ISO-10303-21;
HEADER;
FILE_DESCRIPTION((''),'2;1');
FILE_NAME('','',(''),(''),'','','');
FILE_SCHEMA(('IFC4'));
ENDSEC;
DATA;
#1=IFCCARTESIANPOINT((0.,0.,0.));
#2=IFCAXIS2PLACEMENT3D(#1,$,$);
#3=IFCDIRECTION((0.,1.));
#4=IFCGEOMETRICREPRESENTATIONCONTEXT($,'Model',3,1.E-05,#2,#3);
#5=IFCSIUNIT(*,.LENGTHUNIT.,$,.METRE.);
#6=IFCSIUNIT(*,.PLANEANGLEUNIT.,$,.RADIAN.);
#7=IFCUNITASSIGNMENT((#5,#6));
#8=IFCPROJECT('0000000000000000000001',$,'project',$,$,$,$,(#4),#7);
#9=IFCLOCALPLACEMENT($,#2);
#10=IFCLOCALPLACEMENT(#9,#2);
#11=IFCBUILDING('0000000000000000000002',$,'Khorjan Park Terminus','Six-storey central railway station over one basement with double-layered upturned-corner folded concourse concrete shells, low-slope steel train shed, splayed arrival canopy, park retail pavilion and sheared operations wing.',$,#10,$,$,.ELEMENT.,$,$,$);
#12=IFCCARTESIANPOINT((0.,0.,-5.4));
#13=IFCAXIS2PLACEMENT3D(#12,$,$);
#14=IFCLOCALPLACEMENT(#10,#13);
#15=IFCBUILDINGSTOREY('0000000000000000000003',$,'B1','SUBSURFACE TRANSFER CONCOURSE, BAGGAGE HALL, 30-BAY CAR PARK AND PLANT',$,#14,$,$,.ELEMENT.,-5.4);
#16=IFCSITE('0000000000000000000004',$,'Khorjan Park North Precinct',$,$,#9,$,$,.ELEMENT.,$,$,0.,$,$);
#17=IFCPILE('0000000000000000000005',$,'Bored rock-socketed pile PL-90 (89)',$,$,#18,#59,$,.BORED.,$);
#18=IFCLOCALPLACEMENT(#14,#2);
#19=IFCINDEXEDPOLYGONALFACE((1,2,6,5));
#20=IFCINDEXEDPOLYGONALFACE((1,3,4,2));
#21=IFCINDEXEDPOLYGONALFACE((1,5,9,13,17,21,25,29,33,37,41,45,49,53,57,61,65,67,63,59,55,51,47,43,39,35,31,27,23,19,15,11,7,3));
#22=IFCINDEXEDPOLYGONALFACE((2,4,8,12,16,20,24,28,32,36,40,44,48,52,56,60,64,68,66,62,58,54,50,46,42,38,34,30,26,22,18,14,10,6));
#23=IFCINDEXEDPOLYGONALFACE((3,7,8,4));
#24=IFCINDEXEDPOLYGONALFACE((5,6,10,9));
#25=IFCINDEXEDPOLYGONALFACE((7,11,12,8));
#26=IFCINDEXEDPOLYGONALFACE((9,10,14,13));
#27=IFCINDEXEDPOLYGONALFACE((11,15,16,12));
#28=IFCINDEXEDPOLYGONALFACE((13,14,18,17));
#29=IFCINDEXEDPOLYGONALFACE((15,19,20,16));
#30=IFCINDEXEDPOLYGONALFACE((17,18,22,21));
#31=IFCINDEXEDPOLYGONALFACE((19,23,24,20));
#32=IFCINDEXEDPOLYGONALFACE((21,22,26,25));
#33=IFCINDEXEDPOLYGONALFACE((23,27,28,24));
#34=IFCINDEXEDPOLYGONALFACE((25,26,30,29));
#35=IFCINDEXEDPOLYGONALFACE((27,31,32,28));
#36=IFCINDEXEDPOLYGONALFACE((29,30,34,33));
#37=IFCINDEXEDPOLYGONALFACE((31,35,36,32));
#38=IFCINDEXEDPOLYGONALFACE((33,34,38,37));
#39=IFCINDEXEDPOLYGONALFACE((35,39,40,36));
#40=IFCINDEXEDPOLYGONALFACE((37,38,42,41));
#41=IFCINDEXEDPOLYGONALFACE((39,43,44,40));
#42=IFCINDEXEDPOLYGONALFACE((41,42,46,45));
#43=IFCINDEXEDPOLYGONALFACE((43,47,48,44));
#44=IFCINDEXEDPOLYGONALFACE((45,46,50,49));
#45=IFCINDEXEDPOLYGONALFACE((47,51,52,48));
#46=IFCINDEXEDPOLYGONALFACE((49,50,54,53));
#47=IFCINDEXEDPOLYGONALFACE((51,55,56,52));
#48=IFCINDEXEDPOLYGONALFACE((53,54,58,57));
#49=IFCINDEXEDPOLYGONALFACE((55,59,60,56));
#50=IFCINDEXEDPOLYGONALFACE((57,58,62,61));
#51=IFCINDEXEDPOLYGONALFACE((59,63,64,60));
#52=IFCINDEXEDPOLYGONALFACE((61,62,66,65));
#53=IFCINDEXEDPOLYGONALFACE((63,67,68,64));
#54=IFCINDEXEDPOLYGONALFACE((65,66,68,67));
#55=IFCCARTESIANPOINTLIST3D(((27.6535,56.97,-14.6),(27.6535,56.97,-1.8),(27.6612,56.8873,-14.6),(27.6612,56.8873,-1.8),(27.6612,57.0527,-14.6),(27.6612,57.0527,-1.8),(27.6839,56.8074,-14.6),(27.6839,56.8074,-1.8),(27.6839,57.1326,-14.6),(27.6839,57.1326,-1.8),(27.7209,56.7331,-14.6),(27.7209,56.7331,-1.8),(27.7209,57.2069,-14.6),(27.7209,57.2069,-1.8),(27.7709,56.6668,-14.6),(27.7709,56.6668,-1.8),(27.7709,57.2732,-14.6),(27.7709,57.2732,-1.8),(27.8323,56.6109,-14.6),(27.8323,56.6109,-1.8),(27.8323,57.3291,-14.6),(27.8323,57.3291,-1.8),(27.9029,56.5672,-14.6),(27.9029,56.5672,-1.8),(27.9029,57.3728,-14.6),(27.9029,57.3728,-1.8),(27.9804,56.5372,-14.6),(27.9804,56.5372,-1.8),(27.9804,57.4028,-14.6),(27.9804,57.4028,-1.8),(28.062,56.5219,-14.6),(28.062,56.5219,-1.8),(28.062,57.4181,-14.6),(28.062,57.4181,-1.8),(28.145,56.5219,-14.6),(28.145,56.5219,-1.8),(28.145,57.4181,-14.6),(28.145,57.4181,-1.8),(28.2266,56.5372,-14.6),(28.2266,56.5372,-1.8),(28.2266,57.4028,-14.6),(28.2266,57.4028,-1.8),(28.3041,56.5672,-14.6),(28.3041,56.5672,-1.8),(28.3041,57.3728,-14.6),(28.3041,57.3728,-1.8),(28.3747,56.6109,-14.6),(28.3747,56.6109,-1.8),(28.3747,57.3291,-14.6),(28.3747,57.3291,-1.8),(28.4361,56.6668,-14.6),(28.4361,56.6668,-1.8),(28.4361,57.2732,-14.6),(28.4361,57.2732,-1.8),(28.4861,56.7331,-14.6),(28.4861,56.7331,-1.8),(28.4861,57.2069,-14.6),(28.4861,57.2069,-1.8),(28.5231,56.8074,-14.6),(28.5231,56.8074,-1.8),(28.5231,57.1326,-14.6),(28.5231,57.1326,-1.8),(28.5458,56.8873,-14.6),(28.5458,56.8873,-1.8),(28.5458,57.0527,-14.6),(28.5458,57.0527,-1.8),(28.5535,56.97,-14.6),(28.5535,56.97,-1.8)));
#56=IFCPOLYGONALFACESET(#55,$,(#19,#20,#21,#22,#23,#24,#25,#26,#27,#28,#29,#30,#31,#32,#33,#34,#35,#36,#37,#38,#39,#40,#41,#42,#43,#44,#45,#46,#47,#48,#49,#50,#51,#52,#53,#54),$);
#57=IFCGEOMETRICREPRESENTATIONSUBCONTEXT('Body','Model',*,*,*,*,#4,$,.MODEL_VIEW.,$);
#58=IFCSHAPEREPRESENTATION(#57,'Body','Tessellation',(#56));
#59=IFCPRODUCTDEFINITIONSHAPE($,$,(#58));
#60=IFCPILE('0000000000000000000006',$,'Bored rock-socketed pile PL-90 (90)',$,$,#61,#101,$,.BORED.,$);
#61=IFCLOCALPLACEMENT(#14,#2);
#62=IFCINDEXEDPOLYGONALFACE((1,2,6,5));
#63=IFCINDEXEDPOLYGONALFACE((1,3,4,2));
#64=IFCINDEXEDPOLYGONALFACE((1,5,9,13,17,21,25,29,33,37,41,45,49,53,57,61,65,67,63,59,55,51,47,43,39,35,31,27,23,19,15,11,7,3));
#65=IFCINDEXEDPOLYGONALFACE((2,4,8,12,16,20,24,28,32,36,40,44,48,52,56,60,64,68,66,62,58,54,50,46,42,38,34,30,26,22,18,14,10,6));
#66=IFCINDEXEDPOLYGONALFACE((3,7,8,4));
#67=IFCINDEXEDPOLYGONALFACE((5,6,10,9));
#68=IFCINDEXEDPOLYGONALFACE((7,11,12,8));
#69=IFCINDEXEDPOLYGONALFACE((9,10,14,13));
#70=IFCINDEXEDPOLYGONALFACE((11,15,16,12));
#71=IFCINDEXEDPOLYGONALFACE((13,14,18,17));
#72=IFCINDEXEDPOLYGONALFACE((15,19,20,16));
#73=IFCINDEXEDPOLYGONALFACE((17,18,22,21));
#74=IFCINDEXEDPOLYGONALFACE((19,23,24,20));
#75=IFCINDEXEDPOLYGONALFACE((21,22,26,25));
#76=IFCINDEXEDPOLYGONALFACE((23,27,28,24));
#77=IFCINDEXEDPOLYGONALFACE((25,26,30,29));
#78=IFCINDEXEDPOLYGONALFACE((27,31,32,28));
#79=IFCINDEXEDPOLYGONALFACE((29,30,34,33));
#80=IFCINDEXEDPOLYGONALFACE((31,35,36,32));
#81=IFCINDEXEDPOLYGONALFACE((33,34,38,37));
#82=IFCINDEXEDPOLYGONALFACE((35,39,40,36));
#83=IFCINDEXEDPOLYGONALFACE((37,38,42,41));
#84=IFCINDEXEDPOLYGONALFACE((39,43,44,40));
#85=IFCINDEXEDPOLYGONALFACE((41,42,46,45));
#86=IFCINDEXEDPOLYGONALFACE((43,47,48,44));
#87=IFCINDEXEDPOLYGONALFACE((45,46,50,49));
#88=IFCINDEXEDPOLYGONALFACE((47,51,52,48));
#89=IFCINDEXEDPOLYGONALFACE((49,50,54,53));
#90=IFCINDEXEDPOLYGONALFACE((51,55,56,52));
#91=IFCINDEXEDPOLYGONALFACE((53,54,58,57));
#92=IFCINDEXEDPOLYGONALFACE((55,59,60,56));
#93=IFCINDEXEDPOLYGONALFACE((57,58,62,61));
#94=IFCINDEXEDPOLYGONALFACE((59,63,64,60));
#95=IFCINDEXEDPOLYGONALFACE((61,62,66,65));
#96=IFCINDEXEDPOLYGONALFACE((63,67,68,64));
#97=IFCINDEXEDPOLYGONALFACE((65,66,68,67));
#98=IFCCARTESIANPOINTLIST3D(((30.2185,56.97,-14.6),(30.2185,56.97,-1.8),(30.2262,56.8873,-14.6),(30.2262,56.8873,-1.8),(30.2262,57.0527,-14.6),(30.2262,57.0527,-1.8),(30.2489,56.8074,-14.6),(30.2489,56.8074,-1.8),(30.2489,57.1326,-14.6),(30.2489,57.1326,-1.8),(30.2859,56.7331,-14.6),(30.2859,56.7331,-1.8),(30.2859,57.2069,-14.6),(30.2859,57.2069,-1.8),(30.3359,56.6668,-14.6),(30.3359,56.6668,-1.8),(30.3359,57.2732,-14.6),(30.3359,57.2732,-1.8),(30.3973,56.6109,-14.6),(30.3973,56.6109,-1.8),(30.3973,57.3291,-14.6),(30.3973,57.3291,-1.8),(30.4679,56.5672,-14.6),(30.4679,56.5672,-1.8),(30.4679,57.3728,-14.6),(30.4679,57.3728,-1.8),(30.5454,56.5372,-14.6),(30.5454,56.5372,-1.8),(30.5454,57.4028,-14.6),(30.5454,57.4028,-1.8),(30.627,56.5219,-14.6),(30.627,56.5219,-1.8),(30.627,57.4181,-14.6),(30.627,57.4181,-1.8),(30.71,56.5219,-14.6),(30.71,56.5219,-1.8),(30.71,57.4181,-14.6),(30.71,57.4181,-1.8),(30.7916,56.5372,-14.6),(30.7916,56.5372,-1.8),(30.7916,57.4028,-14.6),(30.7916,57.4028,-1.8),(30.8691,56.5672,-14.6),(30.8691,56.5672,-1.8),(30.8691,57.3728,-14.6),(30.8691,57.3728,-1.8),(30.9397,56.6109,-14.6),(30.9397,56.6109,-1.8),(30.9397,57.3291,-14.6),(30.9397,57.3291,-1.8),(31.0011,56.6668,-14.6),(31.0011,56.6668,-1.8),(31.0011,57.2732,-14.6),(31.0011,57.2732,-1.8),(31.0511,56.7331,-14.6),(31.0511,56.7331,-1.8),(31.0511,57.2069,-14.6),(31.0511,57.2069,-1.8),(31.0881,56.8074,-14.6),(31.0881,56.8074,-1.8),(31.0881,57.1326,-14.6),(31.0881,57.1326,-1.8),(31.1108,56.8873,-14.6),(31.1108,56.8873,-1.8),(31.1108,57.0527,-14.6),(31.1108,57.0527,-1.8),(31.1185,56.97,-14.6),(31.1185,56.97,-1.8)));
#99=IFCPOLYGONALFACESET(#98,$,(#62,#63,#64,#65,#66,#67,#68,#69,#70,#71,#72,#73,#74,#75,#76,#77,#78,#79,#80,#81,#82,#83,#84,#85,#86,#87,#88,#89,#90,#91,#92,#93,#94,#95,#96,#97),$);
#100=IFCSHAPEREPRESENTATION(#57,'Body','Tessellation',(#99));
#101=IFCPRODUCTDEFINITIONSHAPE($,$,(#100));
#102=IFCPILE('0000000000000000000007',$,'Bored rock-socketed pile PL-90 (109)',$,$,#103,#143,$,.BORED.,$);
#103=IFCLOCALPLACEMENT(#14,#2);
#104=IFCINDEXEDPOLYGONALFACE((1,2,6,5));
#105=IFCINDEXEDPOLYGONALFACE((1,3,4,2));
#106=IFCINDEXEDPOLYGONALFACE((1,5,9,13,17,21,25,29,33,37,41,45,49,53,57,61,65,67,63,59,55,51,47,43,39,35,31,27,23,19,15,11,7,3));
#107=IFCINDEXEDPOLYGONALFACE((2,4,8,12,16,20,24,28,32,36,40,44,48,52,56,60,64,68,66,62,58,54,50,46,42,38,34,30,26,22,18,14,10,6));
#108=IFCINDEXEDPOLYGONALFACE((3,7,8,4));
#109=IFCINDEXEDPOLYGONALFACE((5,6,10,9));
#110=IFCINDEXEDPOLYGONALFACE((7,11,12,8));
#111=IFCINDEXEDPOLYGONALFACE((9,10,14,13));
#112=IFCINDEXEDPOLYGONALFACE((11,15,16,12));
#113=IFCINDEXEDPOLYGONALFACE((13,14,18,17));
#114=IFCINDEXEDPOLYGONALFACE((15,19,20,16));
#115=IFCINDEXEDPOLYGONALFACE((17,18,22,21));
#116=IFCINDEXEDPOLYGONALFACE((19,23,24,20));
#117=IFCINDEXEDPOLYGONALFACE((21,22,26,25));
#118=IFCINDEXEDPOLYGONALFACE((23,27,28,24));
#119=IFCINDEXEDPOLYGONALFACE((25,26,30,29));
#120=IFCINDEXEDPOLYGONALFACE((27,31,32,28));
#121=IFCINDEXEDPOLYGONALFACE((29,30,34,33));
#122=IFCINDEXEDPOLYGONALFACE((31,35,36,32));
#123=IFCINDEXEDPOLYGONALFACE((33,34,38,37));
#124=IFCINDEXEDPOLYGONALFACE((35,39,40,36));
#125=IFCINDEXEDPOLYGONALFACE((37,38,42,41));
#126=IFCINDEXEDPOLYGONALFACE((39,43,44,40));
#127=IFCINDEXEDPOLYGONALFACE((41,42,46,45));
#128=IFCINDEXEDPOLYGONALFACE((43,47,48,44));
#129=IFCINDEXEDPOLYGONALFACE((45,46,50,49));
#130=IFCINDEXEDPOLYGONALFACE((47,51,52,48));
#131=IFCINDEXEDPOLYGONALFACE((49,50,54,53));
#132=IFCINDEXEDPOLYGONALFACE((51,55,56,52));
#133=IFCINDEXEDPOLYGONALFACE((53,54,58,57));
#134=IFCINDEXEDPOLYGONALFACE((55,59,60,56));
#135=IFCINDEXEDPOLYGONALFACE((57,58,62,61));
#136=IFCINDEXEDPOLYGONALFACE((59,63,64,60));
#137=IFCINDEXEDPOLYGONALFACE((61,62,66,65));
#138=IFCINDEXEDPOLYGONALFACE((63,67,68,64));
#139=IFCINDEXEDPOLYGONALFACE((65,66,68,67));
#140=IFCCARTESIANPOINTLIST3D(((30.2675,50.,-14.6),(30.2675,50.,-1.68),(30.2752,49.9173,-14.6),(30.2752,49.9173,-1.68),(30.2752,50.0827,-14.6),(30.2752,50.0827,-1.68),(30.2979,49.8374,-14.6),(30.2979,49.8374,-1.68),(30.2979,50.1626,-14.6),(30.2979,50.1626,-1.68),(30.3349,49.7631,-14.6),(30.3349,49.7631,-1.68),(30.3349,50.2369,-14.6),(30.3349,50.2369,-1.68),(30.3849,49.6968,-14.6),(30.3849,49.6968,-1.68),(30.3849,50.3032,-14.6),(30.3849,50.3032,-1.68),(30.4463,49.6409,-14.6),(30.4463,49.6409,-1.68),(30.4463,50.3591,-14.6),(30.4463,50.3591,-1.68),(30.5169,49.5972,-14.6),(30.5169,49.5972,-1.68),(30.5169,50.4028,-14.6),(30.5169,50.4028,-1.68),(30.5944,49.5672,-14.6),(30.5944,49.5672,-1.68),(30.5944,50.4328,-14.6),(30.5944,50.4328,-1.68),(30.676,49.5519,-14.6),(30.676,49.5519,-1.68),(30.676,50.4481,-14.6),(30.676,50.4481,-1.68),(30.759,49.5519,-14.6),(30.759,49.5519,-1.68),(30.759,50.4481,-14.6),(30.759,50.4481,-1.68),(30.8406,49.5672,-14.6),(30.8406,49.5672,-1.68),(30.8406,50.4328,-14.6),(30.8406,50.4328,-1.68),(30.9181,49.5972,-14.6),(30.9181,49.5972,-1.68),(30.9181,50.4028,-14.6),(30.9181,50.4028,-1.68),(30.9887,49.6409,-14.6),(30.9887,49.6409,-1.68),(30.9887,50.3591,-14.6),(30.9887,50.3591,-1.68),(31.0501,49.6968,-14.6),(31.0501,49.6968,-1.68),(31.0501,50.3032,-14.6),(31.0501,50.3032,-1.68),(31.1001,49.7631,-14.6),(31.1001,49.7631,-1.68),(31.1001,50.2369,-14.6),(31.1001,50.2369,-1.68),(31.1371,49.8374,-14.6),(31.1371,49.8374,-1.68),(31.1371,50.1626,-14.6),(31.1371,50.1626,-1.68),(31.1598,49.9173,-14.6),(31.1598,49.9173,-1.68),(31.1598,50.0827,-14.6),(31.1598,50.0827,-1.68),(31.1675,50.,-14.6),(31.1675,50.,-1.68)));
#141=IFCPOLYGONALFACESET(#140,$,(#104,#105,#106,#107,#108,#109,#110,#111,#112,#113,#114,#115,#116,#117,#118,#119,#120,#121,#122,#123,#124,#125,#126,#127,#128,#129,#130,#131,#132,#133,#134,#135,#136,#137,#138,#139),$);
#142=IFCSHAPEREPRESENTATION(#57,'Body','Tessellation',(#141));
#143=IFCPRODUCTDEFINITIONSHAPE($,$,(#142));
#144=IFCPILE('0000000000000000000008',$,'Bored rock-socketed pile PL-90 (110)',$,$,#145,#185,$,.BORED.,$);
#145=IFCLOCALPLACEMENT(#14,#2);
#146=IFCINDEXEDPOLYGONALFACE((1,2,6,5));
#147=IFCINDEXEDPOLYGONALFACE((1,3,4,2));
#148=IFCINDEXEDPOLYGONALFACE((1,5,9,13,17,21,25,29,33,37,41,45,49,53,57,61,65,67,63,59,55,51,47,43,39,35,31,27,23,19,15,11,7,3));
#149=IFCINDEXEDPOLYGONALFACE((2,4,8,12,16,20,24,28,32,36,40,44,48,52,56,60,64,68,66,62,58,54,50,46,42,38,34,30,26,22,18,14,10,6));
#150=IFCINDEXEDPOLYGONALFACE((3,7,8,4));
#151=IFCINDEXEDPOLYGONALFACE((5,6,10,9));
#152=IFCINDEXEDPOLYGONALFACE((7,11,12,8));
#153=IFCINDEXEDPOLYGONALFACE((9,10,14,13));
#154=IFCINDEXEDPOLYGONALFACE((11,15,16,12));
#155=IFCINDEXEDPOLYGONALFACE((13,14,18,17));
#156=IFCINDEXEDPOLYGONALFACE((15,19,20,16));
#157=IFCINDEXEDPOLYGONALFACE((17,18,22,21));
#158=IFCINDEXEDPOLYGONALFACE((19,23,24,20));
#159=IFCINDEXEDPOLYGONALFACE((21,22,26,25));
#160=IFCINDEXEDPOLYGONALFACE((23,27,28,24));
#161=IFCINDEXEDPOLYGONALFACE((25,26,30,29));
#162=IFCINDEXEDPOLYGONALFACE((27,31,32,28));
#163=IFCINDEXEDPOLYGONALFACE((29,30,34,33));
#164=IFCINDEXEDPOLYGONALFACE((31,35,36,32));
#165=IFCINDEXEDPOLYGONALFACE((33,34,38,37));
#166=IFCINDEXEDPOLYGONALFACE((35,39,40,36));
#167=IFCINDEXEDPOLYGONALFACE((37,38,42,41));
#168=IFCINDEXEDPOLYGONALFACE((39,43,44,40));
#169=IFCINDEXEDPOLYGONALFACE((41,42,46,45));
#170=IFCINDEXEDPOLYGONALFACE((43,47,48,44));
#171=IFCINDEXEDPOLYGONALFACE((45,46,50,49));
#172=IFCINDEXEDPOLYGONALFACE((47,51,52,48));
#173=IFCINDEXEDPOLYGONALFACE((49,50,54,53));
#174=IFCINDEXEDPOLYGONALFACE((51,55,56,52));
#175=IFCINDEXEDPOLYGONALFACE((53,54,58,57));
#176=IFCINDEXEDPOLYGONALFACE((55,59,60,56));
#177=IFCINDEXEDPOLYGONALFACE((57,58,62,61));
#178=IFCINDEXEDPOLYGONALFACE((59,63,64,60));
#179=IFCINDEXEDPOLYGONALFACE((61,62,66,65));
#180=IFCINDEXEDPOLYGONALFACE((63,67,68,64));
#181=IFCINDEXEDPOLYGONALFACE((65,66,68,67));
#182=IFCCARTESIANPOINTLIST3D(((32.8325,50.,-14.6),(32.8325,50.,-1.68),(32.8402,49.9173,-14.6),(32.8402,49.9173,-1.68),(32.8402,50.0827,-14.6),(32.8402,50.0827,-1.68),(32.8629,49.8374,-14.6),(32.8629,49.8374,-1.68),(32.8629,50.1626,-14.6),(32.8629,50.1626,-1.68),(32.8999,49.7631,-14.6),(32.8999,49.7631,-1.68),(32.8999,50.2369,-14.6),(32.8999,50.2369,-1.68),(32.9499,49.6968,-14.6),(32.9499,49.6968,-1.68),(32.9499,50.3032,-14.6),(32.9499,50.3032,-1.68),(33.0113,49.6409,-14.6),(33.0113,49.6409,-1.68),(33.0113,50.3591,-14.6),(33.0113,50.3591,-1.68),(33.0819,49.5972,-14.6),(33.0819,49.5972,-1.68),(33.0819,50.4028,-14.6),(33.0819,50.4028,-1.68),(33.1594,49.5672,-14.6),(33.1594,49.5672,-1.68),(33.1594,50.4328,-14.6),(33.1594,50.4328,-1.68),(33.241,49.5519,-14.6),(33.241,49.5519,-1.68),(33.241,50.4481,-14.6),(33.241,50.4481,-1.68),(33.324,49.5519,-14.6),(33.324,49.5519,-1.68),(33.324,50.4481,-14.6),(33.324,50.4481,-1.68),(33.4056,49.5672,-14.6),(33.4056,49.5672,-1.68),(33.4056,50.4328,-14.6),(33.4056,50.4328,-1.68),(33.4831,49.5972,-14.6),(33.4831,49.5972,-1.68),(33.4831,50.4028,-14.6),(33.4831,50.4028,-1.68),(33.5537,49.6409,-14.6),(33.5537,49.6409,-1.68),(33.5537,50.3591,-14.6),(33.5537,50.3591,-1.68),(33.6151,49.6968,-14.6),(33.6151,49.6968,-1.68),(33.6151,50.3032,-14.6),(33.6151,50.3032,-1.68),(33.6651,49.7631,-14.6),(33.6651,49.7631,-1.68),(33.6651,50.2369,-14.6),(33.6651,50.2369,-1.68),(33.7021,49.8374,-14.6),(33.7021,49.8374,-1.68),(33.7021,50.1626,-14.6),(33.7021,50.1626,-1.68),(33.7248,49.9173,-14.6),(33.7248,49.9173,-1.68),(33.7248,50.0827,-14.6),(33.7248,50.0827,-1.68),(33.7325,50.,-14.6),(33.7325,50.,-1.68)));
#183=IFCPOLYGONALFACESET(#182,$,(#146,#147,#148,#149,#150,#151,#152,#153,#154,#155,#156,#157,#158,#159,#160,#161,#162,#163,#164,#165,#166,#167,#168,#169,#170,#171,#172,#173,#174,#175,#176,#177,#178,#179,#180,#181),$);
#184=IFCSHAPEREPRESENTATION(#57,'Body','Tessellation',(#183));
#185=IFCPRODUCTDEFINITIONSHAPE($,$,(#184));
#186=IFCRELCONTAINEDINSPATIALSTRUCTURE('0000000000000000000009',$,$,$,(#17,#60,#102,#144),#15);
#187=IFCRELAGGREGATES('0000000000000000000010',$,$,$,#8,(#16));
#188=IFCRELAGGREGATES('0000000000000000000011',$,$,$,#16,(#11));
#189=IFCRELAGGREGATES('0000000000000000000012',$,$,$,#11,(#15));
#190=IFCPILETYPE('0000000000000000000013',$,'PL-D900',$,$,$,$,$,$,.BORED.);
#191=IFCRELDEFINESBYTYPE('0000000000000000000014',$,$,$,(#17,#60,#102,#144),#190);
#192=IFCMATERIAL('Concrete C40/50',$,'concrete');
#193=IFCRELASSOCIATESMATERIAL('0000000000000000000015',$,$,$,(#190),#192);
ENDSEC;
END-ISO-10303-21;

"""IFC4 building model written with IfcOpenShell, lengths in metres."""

from ifc_helpers import new_model, si_unit, direction, frame, origin, origin_2d, place, context, subcontext, project, spatial, circle, extrude, material, material_profile, profile_set, type_object, element, save


model = new_model("IFC4")

# Units and contexts
model_context = context("Model", 3, precision=1e-05, world=origin(), true_north=direction((0.0, 1.0)))
body_context = subcontext(model_context, "Body", "Model", "MODEL_VIEW")
ifc_project = project(units=[si_unit("LENGTHUNIT", "METRE"), si_unit("PLANEANGLEUNIT", "RADIAN")], contexts=[model_context])

# Site, building, storey
site_placement = place(None, origin())
site = spatial("IfcSite", under=ifc_project, at=site_placement, Name="Khorjan Park North Precinct", CompositionType="ELEMENT", RefElevation=0.0)
building_placement = place(site_placement, origin())
building = spatial("IfcBuilding", under=site, at=building_placement, Name="Khorjan Park Terminus", Description="Six-storey central railway station over one basement with double-layered upturned-corner folded concourse concrete shells, low-slope steel train shed, splayed arrival canopy, park retail pavilion and sheared operations wing.", CompositionType="ELEMENT")
storey_placement = place(building_placement, frame((0.0, 0.0, -5.4)))
storey = spatial("IfcBuildingStorey", under=building, at=storey_placement, Name="B1", Description="SUBSURFACE TRANSFER CONCOURSE, BAGGAGE HALL, 30-BAY CAR PARK AND PLANT", CompositionType="ELEMENT", Elevation=-5.4)

# Shared definitions
ifc_material_1 = material(Name="Concrete C40/50", Category="concrete")

# Piles
ifc_material_profile_1 = material_profile(ifc_material_1, circle(Radius=0.45, at=origin_2d()), Name="BORED D900")
ifc_profile_set_1 = profile_set([ifc_material_profile_1], Name="Concrete C40/50")
pile_type_1 = type_object("IfcPileType", Name="PL-D900", PredefinedType="BORED", material=ifc_profile_set_1)
for number, where, z_axis, x_axis, name in (
    (1, (28.1035, 56.97, -1.8), (0.0, 0.0, -1.0), (1.0, 0.0, 0.0), "Bored rock-socketed pile PL-90 (89)"),
    (2, (30.6685, 56.97, -1.8), (0.0, 0.0, -1.0), (1.0, 0.0, 0.0), "Bored rock-socketed pile PL-90 (90)"),
):
    element("IfcPile", number, at=place(storey_placement, frame(where, z_axis=z_axis, x_axis=x_axis)), inside=storey, type_object=pile_type_1, Name=name, PredefinedType="BORED", context=body_context, shape_type="SweptSolid", body=[
        extrude(circle(Radius=0.45, at=origin_2d()), origin(), (0.0, 0.0, 1.0), 12.8),
    ])
for number, where, z_axis, x_axis, name in (
    (3, (30.7175, 50.0, -1.68), (0.0, 0.0, -1.0), (1.0, 0.0, 0.0), "Bored rock-socketed pile PL-90 (109)"),
    (4, (33.2825, 50.0, -1.68), (0.0, 0.0, -1.0), (1.0, 0.0, 0.0), "Bored rock-socketed pile PL-90 (110)"),
):
    element("IfcPile", number, at=place(storey_placement, frame(where, z_axis=z_axis, x_axis=x_axis)), inside=storey, type_object=pile_type_1, Name=name, PredefinedType="BORED", context=body_context, shape_type="SweptSolid", body=[
        extrude(circle(Radius=0.45, at=origin_2d()), origin(), (0.0, 0.0, 1.0), 12.92),
    ])

save(model, "model.ifc")
